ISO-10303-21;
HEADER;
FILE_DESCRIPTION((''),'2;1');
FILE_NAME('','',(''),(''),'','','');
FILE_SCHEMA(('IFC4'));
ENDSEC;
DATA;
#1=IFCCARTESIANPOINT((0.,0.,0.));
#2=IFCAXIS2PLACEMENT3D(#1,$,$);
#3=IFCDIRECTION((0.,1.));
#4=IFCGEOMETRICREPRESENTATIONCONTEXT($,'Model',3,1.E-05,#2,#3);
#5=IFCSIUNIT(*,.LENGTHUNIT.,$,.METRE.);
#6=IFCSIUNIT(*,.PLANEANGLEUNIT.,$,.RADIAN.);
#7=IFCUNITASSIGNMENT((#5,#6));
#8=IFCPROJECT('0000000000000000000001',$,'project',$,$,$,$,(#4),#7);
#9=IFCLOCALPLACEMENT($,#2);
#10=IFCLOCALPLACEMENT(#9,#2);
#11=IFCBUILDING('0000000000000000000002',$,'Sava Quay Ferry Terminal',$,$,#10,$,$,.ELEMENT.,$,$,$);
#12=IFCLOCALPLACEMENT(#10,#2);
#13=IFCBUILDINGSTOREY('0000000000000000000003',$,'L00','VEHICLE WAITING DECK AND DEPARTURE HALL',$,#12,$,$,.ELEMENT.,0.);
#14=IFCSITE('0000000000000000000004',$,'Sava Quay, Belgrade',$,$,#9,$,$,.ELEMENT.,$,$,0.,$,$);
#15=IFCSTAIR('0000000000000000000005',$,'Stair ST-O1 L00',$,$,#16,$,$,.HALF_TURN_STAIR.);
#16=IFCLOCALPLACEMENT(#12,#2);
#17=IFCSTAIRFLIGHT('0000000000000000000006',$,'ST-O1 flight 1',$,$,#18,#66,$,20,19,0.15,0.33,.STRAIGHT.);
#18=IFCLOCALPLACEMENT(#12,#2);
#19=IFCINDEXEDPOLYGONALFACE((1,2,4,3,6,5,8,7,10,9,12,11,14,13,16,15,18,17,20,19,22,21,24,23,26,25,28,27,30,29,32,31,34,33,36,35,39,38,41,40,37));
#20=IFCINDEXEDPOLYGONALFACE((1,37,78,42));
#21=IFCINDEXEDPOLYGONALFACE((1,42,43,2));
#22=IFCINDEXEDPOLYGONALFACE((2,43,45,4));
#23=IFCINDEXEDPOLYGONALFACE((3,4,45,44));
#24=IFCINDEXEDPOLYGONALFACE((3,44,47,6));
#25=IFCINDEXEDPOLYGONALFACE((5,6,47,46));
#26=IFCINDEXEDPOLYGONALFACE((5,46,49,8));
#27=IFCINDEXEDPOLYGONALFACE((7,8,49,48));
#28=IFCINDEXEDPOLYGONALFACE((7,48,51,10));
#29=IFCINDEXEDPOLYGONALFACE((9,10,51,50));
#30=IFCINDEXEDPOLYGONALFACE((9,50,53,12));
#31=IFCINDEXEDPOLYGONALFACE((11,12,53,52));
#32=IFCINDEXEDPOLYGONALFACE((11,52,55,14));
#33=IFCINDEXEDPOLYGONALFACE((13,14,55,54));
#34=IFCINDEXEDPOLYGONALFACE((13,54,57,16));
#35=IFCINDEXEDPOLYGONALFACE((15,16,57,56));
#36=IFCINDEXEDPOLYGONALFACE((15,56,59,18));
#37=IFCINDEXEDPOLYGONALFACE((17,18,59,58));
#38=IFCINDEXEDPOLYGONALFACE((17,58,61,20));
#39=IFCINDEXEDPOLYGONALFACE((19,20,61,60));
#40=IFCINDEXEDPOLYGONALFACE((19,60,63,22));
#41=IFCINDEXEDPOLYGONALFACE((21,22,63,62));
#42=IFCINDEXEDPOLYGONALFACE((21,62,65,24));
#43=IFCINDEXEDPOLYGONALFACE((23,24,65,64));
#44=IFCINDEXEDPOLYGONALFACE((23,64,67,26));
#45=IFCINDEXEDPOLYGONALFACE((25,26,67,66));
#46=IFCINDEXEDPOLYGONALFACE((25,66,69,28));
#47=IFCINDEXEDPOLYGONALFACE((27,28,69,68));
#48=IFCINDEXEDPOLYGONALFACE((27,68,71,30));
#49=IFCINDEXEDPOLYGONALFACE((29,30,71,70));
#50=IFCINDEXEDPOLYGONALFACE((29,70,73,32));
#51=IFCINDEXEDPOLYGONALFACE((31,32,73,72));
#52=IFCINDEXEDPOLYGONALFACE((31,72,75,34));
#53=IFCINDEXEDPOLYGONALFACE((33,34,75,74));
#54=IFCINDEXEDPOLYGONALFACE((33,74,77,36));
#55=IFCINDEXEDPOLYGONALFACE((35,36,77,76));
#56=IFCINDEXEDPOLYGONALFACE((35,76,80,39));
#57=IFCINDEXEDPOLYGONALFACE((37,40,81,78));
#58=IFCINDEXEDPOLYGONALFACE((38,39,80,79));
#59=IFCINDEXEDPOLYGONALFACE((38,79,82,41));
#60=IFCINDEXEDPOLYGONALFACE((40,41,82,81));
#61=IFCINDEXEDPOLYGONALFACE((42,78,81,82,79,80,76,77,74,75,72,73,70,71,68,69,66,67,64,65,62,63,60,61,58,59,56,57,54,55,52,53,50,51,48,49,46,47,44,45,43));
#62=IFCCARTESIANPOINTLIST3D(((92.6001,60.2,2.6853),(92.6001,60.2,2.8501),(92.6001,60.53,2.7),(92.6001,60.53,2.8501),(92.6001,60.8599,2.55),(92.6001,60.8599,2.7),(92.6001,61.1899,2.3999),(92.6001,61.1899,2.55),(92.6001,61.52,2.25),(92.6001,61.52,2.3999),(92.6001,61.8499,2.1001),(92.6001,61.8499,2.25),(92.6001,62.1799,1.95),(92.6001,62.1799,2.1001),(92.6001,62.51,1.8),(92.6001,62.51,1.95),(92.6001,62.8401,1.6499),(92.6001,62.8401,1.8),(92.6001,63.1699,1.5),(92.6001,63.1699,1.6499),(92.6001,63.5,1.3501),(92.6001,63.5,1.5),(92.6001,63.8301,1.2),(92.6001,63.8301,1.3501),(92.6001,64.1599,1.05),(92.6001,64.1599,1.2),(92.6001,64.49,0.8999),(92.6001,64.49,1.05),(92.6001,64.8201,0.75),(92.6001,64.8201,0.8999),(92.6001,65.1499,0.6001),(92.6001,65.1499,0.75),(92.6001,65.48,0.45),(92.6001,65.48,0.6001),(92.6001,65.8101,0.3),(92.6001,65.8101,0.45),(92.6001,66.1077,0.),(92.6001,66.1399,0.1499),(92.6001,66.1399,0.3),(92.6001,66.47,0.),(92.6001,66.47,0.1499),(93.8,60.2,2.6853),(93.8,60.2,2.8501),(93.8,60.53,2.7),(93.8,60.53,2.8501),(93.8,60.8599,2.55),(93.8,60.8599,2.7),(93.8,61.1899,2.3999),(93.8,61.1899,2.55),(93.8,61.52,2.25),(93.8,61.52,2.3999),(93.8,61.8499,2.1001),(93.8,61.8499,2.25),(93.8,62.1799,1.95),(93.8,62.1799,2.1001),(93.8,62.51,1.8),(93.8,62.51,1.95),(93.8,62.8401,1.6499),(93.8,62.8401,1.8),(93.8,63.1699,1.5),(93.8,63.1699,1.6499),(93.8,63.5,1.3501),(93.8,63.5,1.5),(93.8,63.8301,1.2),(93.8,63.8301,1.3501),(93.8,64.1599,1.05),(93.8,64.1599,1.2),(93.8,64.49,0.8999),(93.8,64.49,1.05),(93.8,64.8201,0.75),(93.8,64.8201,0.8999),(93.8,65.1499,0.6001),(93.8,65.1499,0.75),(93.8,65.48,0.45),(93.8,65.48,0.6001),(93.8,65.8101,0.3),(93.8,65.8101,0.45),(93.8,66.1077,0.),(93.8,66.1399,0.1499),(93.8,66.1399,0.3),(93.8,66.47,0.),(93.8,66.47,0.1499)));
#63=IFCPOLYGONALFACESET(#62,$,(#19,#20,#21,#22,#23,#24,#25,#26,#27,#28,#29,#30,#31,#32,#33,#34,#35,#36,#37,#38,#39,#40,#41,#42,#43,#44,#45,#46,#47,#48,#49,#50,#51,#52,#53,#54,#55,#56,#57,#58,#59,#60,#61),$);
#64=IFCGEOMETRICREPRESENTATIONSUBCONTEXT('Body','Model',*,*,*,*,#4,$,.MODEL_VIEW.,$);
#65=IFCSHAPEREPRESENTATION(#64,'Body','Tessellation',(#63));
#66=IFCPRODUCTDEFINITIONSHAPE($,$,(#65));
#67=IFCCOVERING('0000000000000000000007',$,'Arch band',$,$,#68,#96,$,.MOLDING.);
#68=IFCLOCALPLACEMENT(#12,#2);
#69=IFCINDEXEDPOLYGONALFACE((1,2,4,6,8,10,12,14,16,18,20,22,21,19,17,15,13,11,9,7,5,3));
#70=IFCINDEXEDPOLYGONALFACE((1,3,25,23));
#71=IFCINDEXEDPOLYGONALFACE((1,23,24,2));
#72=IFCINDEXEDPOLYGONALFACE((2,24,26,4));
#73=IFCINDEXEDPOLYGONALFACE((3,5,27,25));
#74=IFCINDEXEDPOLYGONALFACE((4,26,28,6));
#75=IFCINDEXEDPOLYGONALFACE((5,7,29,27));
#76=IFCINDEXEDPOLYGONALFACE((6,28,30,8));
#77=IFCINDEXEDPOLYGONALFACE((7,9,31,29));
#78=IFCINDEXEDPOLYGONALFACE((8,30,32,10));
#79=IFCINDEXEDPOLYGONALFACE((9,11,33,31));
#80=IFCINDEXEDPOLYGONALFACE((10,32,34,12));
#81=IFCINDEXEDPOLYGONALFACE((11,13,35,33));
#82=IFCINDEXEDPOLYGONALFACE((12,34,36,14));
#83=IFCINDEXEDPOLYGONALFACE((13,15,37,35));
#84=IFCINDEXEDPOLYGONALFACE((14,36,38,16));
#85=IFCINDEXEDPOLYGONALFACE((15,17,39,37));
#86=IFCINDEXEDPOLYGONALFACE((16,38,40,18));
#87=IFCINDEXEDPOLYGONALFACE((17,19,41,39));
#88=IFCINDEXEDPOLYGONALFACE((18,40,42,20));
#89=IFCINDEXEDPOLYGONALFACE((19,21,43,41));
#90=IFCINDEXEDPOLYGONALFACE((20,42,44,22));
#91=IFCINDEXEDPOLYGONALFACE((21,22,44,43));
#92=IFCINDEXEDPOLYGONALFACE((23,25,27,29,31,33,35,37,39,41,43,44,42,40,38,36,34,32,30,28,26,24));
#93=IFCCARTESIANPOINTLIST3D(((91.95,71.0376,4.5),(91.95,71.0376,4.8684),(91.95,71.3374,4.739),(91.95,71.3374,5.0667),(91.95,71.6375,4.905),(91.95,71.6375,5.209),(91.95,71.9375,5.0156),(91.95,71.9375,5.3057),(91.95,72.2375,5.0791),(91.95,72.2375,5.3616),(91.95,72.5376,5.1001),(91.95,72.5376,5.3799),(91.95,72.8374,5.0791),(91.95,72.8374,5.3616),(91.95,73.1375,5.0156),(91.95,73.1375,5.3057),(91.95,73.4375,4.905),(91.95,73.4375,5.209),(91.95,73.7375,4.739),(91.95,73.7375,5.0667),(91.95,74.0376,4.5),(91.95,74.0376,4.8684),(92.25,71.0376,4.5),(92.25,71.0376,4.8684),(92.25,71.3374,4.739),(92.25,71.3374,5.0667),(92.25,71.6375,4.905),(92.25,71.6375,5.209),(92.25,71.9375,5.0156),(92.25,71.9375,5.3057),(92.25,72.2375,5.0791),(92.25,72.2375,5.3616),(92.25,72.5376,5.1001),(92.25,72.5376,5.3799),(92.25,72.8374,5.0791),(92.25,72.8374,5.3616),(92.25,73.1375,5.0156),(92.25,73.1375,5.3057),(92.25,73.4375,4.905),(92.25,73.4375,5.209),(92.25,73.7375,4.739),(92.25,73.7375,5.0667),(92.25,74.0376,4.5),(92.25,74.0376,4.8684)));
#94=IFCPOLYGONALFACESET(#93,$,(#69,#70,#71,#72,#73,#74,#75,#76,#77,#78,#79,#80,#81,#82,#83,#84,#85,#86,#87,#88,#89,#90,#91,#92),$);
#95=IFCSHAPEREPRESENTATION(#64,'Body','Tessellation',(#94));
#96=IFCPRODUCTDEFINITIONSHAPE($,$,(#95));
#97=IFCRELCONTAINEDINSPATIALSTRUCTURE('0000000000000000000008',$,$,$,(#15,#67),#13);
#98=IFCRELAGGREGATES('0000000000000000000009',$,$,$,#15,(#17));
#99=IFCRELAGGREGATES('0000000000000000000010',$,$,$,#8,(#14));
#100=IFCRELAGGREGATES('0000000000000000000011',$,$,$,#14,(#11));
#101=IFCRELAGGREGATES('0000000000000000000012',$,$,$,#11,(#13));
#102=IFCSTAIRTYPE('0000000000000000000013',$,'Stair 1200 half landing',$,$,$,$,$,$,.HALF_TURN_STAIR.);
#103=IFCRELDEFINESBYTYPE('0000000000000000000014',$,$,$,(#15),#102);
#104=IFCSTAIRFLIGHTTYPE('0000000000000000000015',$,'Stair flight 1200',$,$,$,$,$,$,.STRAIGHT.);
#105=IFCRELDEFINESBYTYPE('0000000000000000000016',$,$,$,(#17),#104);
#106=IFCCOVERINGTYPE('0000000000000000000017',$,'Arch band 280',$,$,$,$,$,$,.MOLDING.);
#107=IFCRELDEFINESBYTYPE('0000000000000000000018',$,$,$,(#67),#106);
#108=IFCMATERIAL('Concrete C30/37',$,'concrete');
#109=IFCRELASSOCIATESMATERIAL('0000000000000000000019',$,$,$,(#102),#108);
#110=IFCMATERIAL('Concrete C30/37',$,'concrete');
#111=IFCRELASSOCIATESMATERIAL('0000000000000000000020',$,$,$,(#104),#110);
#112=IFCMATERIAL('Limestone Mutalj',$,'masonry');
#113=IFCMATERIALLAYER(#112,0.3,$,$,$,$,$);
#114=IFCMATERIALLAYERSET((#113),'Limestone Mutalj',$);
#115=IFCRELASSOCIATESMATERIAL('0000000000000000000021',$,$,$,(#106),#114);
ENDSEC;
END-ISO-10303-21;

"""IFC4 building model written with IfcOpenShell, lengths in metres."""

from ifc_helpers import new_model, si_unit, direction, frame, origin, place, context, subcontext, project, spatial, polyline, outline, extrude, material, layer, layer_set, type_object, element, aggregate, save


model = new_model("IFC4")

# Units and contexts
model_context = context("Model", 3, precision=1e-05, world=origin(), true_north=direction((0.0, 1.0)))
body_context = subcontext(model_context, "Body", "Model", "MODEL_VIEW")
ifc_project = project(units=[si_unit("LENGTHUNIT", "METRE"), si_unit("PLANEANGLEUNIT", "RADIAN")], contexts=[model_context])

# Site, building, storey
site_placement = place(None, origin())
site = spatial("IfcSite", under=ifc_project, at=site_placement, Name="Sava Quay, Belgrade", CompositionType="ELEMENT", RefElevation=0.0)
building_placement = place(site_placement, origin())
building = spatial("IfcBuilding", under=site, at=building_placement, Name="Sava Quay Ferry Terminal", CompositionType="ELEMENT")
storey_placement = place(building_placement, origin())
storey = spatial("IfcBuildingStorey", under=building, at=storey_placement, Name="L00", Description="VEHICLE WAITING DECK AND DEPARTURE HALL", CompositionType="ELEMENT", Elevation=0.0)

# Stair, stair flight
ifc_material_1 = material(Name="Concrete C30/37", Category="concrete")
stair_type = type_object("IfcStairType", Name="Stair 1200 half landing", PredefinedType="HALF_TURN_STAIR", material=ifc_material_1)
stair_placement = place(storey_placement, origin())
stair = element("IfcStair", 1, at=stair_placement, inside=storey, type_object=stair_type, Name="Stair ST-O1 L00", PredefinedType="HALF_TURN_STAIR")
ifc_material_2 = material(Name="Concrete C30/37", Category="concrete")
stair_flight_type = type_object("IfcStairFlightType", Name="Stair flight 1200", PredefinedType="STRAIGHT", material=ifc_material_2)
stair_flight_placement = place(storey_placement, frame((93.2, 66.47, 0.0), z_axis=(0.0, 0.0, 1.0), x_axis=(0.0, -1.0, 0.0)))
stair_flight = element("IfcStairFlight", 2, at=stair_flight_placement, type_object=stair_flight_type, Name="ST-O1 flight 1", NumberOfRisers=20, NumberOfTreads=19, PredefinedType="STRAIGHT", RiserHeight=0.15, TreadLength=0.33, context=body_context, shape_type="SweptSolid", body=[
    extrude(outline(polyline([(0.0, 0.0), (0.0, 0.1499), (0.3301, 0.1499), (0.3301, 0.3), (0.6599, 0.3), (0.6599, 0.45), (0.99, 0.45), (0.99, 0.6001), (1.3201, 0.6001), (1.3201, 0.75), (1.6499, 0.75), (1.6499, 0.8999), (1.98, 0.8999), (1.98, 1.05), (2.3101, 1.05), (2.3101, 1.2), (2.6399, 1.2), (2.6399, 1.3501), (2.97, 1.3501), (2.97, 1.5), (3.3, 1.5), (3.3, 1.6499), (3.6299, 1.6499), (3.6299, 1.8), (3.96, 1.8), (3.96, 1.95), (4.29, 1.95), (4.29, 2.1001), (4.6201, 2.1001), (4.6201, 2.25), (4.95, 2.25), (4.95, 2.3999), (5.28, 2.3999), (5.28, 2.55), (5.6101, 2.55), (5.6101, 2.7), (5.9399, 2.7), (5.9399, 2.8501), (6.27, 2.8501), (6.27, 3.0), (6.27, 2.6853), (0.3623, 0.0), (0.0, 0.0)])), frame((0.0, 0.6001, 0.0), z_axis=(0.0, -1.0, 0.0), x_axis=(1.0, 0.0, 0.0)), (0.0, 0.0, 1.0), 1.2),
])
aggregate(stair, [stair_flight])

# Covering
ifc_material_3 = material(Name="Limestone Mutalj", Category="masonry")
ifc_layer_1 = layer(ifc_material_3, 0.3)
ifc_layer_set_1 = layer_set([ifc_layer_1], Name="Limestone Mutalj")
covering_type_1 = type_object("IfcCoveringType", Name="Arch band 280", PredefinedType="MOLDING", material=ifc_layer_set_1)
covering_1_placement = place(storey_placement, frame((92.25, 71.0376, 4.5), z_axis=(1.0, 0.0, 0.0), x_axis=(0.0, 0.781924, 0.623374)))
element("IfcCovering", 3, at=covering_1_placement, inside=storey, type_object=covering_type_1, Name="Arch band", PredefinedType="MOLDING", context=body_context, shape_type="SweptSolid", body=[
    extrude(outline(polyline([(0.0, 0.0), (0.3834, 0.0), (0.7215, -0.0572), (1.0251, -0.1578), (1.2993, -0.2952), (1.547, -0.4658), (1.7683, -0.6691), (1.9634, -0.9058), (2.129, -1.1793), (2.2602, -1.4962), (2.3458, -1.8701), (2.5754, -1.5821), (2.4644, -1.24), (2.3185, -0.9417), (2.1442, -0.679), (1.9444, -0.4483), (1.7214, -0.2471), (1.4754, -0.0743), (1.2059, 0.069), (0.911, 0.1804), (0.5877, 0.2562), (0.2297, 0.2881), (0.0, 0.0)])), origin(), (0.0, 0.0, -1.0), 0.3),
])

save(model, "model.ifc")
